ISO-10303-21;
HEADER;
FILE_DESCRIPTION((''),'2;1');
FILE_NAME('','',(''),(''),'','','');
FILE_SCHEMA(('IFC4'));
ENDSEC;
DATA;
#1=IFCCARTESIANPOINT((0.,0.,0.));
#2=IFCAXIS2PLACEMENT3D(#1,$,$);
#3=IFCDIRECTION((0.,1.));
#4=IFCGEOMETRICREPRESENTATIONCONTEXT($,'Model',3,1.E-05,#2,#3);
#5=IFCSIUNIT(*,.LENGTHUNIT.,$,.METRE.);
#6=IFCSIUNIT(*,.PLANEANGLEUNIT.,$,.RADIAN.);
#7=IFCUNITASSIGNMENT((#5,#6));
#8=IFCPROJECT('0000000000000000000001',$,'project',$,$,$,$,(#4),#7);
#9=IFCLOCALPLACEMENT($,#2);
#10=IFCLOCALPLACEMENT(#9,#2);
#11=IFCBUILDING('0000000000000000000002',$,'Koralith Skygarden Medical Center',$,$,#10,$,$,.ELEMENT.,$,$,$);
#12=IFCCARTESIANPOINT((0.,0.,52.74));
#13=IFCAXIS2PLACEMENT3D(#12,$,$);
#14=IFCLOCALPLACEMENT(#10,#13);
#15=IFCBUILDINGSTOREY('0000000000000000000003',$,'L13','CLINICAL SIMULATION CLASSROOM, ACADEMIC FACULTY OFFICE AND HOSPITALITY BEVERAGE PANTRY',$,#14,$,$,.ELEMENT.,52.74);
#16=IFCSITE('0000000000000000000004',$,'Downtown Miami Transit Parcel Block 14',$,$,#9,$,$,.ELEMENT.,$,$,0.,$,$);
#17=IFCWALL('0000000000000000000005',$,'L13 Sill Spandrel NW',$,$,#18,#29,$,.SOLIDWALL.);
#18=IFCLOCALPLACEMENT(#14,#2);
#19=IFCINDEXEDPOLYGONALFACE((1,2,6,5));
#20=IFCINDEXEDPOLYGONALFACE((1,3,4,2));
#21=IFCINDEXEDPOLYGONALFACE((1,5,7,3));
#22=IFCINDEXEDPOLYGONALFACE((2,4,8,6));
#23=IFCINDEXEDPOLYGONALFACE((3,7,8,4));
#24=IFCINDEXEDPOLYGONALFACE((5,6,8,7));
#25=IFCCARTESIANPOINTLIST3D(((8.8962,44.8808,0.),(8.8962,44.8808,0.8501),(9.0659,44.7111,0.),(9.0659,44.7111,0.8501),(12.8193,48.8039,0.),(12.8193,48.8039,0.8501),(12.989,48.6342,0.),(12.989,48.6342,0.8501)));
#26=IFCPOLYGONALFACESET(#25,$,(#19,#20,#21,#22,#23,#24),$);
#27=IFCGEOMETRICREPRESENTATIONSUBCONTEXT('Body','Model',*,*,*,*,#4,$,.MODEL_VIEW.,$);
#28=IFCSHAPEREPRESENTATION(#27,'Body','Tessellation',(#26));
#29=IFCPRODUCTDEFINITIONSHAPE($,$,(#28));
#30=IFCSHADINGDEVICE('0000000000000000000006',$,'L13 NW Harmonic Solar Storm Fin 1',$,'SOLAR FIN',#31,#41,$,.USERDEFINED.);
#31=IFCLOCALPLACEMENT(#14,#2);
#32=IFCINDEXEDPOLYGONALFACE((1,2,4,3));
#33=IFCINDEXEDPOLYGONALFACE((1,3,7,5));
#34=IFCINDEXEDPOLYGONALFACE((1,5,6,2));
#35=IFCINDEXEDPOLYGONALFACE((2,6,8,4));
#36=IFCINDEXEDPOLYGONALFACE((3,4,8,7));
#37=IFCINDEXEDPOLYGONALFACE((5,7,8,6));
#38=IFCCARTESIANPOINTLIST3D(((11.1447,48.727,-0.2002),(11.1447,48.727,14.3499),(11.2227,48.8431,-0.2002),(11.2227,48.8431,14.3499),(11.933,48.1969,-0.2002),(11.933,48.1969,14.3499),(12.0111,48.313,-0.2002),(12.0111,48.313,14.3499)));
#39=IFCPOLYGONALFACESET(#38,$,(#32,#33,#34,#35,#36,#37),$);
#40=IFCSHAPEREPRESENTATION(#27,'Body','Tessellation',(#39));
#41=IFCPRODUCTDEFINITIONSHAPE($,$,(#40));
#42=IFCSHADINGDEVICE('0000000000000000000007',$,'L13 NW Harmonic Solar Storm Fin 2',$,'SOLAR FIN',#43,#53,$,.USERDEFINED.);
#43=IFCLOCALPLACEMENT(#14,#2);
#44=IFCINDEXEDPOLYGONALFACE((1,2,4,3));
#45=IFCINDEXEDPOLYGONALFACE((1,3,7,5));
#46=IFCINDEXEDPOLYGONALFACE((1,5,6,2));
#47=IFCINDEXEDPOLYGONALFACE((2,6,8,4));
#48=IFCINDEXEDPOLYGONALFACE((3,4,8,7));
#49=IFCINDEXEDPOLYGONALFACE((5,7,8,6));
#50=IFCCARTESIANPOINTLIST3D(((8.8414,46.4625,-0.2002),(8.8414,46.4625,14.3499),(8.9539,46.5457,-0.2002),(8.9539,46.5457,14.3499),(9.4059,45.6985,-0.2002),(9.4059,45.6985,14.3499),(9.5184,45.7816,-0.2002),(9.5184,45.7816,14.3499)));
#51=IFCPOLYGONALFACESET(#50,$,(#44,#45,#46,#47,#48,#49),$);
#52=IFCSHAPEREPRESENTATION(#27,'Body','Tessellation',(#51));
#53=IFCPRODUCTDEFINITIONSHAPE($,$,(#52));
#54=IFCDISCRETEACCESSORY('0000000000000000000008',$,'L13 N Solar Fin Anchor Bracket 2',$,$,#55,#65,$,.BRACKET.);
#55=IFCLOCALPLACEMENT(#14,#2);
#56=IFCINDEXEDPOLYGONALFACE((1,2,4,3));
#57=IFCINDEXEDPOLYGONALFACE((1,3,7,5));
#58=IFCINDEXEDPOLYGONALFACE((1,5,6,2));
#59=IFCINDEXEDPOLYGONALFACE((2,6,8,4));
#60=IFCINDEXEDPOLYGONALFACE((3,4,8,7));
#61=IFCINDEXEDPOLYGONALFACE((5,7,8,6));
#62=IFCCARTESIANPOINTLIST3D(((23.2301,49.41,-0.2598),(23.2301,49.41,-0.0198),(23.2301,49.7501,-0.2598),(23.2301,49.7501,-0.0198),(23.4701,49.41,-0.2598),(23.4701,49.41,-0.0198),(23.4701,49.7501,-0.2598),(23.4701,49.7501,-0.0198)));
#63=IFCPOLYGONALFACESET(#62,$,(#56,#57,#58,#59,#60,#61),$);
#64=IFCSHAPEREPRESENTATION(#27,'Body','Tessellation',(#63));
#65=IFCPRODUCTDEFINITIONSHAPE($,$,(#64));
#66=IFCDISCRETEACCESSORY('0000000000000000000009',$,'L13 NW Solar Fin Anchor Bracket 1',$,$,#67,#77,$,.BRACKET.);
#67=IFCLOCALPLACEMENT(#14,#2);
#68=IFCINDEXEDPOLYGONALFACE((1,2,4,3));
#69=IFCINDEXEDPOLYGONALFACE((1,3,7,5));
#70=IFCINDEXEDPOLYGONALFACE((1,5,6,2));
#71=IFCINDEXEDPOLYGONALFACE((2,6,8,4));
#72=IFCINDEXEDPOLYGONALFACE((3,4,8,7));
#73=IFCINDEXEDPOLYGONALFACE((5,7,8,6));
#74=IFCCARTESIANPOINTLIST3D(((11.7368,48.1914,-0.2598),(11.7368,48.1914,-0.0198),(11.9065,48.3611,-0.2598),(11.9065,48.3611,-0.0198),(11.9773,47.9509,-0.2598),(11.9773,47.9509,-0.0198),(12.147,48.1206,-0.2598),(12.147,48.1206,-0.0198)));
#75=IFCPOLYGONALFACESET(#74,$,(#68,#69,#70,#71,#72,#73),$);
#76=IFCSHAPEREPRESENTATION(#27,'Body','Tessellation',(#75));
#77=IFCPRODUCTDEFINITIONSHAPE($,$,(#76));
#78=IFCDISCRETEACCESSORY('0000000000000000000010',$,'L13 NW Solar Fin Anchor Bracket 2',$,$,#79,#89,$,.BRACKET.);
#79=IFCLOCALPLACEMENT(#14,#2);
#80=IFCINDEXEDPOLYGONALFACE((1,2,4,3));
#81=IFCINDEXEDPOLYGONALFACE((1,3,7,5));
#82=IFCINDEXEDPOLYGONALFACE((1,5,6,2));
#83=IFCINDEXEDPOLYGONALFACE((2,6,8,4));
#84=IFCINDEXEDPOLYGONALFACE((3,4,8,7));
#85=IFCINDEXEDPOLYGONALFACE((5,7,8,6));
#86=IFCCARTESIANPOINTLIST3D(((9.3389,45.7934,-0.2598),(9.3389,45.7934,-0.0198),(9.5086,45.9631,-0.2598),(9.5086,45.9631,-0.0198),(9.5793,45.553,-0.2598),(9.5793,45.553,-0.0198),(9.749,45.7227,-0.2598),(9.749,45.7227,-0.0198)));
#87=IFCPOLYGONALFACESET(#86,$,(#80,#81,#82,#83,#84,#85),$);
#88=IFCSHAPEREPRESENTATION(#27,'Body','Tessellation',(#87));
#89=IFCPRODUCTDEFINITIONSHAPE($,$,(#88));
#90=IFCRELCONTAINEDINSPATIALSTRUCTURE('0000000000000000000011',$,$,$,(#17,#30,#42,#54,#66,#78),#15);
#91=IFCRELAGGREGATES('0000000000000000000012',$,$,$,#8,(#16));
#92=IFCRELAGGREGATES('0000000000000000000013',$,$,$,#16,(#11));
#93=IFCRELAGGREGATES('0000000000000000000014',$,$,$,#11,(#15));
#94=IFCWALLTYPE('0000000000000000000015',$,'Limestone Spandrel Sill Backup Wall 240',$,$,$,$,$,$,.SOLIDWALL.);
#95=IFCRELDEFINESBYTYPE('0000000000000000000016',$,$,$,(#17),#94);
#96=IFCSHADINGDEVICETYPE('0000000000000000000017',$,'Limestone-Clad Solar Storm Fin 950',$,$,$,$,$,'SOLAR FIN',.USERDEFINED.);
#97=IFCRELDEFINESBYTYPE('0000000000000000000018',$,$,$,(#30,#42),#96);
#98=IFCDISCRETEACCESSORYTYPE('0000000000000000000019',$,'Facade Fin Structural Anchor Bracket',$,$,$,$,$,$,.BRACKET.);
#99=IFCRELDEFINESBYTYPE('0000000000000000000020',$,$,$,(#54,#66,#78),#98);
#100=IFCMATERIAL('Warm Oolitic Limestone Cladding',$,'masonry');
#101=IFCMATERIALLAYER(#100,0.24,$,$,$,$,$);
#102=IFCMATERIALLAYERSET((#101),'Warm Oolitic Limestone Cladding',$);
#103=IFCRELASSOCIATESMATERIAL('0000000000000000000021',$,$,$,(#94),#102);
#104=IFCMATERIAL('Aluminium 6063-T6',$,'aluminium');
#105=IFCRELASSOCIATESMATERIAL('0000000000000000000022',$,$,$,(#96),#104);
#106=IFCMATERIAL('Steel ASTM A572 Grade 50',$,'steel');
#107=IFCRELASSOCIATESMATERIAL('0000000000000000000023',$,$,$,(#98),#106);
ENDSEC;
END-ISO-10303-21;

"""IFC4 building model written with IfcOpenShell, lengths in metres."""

from ifc_helpers import new_model, si_unit, direction, frame, frame_2d, origin, origin_2d, place, context, subcontext, project, spatial, rectangle, extrude, material, layer, layer_set, type_object, element, save


model = new_model("IFC4")

# Units and contexts
model_context = context("Model", 3, precision=1e-05, world=origin(), true_north=direction((0.0, 1.0)))
body_context = subcontext(model_context, "Body", "Model", "MODEL_VIEW")
ifc_project = project(units=[si_unit("LENGTHUNIT", "METRE"), si_unit("PLANEANGLEUNIT", "RADIAN")], contexts=[model_context])

# Site, building, storey
site_placement = place(None, origin())
site = spatial("IfcSite", under=ifc_project, at=site_placement, Name="Downtown Miami Transit Parcel Block 14", CompositionType="ELEMENT", RefElevation=0.0)
building_placement = place(site_placement, origin())
building = spatial("IfcBuilding", under=site, at=building_placement, Name="Koralith Skygarden Medical Center", CompositionType="ELEMENT")
storey_placement = place(building_placement, frame((0.0, 0.0, 52.74)))
storey = spatial("IfcBuildingStorey", under=building, at=storey_placement, Name="L13", Description="CLINICAL SIMULATION CLASSROOM, ACADEMIC FACULTY OFFICE AND HOSPITALITY BEVERAGE PANTRY", CompositionType="ELEMENT", Elevation=52.74)

# Shared definitions
ifc_material_1 = material(Name="Aluminium 6063-T6", Category="aluminium")

# Shared definitions
ifc_material_2 = material(Name="Warm Oolitic Limestone Cladding", Category="masonry")

# Wall
ifc_layer_1 = layer(ifc_material_2, 0.24)
ifc_layer_set_1 = layer_set([ifc_layer_1], Name="Warm Oolitic Limestone Cladding")
wall_type = type_object("IfcWallType", Name="Limestone Spandrel Sill Backup Wall 240", PredefinedType="SOLIDWALL", material=ifc_layer_set_1)
wall_placement = place(storey_placement, frame((12.9041, 48.719, 0.0), z_axis=(0.0, 0.0, 1.0), x_axis=(-0.707107, -0.707107, 0.0)))
element("IfcWall", 1, at=wall_placement, inside=storey, type_object=wall_type, Name="L13 Sill Spandrel NW", PredefinedType="SOLIDWALL", context=body_context, shape_type="SweptSolid", body=[
    extrude(rectangle(XDim=5.5481, YDim=0.24, at=frame_2d((2.7739, 0.0))), origin(), (0.0, 0.0, 1.0), 0.8501),
])

# Shading devices
shading_device_type = type_object("IfcShadingDeviceType", Name="Limestone-Clad Solar Storm Fin 950", ElementType="SOLAR FIN", PredefinedType="USERDEFINED", material=ifc_material_1)
for number, where, z_axis, x_axis, name in (
    (2, (11.5779, 48.52, -0.2002), (0.0, 0.0, 1.0), (-0.829857, 0.557977, 0.0), "L13 NW Harmonic Solar Storm Fin 1"),
    (3, (9.1799, 46.1221, -0.2002), (0.0, 0.0, 1.0), (-0.594219, 0.804303, 0.0), "L13 NW Harmonic Solar Storm Fin 2"),
):
    element("IfcShadingDevice", number, at=place(storey_placement, frame(where, z_axis=z_axis, x_axis=x_axis)), inside=storey, type_object=shading_device_type, Name=name, ObjectType="SOLAR FIN", PredefinedType="USERDEFINED", context=body_context, shape_type="SweptSolid", body=[
        extrude(rectangle(XDim=0.95, YDim=0.1399, at=origin_2d()), origin(), (0.0, 0.0, 1.0), 14.55),
    ])

# Discrete accessories
ifc_material_3 = material(Name="Steel ASTM A572 Grade 50", Category="steel")
discrete_accessory_type = type_object("IfcDiscreteAccessoryType", Name="Facade Fin Structural Anchor Bracket", PredefinedType="BRACKET", material=ifc_material_3)
for number, where, z_axis, x_axis, name in (
    (4, (23.3501, 49.5801, -0.2598), (0.0, 0.0, 1.0), (0.0, 1.0, 0.0), "L13 N Solar Fin Anchor Bracket 2"),
    (5, (11.9419, 48.156, -0.2598), (0.0, 0.0, 1.0), (-0.707107, 0.707107, 0.0), "L13 NW Solar Fin Anchor Bracket 1"),
    (6, (9.5439, 45.7581, -0.2598), (0.0, 0.0, 1.0), (-0.707107, 0.707107, 0.0), "L13 NW Solar Fin Anchor Bracket 2"),
):
    element("IfcDiscreteAccessory", number, at=place(storey_placement, frame(where, z_axis=z_axis, x_axis=x_axis)), inside=storey, type_object=discrete_accessory_type, Name=name, PredefinedType="BRACKET", context=body_context, shape_type="SweptSolid", body=[
        extrude(rectangle(XDim=0.3401, YDim=0.24, at=origin_2d()), origin(), (0.0, 0.0, 1.0), 0.24),
    ])

save(model, "model.ifc")
